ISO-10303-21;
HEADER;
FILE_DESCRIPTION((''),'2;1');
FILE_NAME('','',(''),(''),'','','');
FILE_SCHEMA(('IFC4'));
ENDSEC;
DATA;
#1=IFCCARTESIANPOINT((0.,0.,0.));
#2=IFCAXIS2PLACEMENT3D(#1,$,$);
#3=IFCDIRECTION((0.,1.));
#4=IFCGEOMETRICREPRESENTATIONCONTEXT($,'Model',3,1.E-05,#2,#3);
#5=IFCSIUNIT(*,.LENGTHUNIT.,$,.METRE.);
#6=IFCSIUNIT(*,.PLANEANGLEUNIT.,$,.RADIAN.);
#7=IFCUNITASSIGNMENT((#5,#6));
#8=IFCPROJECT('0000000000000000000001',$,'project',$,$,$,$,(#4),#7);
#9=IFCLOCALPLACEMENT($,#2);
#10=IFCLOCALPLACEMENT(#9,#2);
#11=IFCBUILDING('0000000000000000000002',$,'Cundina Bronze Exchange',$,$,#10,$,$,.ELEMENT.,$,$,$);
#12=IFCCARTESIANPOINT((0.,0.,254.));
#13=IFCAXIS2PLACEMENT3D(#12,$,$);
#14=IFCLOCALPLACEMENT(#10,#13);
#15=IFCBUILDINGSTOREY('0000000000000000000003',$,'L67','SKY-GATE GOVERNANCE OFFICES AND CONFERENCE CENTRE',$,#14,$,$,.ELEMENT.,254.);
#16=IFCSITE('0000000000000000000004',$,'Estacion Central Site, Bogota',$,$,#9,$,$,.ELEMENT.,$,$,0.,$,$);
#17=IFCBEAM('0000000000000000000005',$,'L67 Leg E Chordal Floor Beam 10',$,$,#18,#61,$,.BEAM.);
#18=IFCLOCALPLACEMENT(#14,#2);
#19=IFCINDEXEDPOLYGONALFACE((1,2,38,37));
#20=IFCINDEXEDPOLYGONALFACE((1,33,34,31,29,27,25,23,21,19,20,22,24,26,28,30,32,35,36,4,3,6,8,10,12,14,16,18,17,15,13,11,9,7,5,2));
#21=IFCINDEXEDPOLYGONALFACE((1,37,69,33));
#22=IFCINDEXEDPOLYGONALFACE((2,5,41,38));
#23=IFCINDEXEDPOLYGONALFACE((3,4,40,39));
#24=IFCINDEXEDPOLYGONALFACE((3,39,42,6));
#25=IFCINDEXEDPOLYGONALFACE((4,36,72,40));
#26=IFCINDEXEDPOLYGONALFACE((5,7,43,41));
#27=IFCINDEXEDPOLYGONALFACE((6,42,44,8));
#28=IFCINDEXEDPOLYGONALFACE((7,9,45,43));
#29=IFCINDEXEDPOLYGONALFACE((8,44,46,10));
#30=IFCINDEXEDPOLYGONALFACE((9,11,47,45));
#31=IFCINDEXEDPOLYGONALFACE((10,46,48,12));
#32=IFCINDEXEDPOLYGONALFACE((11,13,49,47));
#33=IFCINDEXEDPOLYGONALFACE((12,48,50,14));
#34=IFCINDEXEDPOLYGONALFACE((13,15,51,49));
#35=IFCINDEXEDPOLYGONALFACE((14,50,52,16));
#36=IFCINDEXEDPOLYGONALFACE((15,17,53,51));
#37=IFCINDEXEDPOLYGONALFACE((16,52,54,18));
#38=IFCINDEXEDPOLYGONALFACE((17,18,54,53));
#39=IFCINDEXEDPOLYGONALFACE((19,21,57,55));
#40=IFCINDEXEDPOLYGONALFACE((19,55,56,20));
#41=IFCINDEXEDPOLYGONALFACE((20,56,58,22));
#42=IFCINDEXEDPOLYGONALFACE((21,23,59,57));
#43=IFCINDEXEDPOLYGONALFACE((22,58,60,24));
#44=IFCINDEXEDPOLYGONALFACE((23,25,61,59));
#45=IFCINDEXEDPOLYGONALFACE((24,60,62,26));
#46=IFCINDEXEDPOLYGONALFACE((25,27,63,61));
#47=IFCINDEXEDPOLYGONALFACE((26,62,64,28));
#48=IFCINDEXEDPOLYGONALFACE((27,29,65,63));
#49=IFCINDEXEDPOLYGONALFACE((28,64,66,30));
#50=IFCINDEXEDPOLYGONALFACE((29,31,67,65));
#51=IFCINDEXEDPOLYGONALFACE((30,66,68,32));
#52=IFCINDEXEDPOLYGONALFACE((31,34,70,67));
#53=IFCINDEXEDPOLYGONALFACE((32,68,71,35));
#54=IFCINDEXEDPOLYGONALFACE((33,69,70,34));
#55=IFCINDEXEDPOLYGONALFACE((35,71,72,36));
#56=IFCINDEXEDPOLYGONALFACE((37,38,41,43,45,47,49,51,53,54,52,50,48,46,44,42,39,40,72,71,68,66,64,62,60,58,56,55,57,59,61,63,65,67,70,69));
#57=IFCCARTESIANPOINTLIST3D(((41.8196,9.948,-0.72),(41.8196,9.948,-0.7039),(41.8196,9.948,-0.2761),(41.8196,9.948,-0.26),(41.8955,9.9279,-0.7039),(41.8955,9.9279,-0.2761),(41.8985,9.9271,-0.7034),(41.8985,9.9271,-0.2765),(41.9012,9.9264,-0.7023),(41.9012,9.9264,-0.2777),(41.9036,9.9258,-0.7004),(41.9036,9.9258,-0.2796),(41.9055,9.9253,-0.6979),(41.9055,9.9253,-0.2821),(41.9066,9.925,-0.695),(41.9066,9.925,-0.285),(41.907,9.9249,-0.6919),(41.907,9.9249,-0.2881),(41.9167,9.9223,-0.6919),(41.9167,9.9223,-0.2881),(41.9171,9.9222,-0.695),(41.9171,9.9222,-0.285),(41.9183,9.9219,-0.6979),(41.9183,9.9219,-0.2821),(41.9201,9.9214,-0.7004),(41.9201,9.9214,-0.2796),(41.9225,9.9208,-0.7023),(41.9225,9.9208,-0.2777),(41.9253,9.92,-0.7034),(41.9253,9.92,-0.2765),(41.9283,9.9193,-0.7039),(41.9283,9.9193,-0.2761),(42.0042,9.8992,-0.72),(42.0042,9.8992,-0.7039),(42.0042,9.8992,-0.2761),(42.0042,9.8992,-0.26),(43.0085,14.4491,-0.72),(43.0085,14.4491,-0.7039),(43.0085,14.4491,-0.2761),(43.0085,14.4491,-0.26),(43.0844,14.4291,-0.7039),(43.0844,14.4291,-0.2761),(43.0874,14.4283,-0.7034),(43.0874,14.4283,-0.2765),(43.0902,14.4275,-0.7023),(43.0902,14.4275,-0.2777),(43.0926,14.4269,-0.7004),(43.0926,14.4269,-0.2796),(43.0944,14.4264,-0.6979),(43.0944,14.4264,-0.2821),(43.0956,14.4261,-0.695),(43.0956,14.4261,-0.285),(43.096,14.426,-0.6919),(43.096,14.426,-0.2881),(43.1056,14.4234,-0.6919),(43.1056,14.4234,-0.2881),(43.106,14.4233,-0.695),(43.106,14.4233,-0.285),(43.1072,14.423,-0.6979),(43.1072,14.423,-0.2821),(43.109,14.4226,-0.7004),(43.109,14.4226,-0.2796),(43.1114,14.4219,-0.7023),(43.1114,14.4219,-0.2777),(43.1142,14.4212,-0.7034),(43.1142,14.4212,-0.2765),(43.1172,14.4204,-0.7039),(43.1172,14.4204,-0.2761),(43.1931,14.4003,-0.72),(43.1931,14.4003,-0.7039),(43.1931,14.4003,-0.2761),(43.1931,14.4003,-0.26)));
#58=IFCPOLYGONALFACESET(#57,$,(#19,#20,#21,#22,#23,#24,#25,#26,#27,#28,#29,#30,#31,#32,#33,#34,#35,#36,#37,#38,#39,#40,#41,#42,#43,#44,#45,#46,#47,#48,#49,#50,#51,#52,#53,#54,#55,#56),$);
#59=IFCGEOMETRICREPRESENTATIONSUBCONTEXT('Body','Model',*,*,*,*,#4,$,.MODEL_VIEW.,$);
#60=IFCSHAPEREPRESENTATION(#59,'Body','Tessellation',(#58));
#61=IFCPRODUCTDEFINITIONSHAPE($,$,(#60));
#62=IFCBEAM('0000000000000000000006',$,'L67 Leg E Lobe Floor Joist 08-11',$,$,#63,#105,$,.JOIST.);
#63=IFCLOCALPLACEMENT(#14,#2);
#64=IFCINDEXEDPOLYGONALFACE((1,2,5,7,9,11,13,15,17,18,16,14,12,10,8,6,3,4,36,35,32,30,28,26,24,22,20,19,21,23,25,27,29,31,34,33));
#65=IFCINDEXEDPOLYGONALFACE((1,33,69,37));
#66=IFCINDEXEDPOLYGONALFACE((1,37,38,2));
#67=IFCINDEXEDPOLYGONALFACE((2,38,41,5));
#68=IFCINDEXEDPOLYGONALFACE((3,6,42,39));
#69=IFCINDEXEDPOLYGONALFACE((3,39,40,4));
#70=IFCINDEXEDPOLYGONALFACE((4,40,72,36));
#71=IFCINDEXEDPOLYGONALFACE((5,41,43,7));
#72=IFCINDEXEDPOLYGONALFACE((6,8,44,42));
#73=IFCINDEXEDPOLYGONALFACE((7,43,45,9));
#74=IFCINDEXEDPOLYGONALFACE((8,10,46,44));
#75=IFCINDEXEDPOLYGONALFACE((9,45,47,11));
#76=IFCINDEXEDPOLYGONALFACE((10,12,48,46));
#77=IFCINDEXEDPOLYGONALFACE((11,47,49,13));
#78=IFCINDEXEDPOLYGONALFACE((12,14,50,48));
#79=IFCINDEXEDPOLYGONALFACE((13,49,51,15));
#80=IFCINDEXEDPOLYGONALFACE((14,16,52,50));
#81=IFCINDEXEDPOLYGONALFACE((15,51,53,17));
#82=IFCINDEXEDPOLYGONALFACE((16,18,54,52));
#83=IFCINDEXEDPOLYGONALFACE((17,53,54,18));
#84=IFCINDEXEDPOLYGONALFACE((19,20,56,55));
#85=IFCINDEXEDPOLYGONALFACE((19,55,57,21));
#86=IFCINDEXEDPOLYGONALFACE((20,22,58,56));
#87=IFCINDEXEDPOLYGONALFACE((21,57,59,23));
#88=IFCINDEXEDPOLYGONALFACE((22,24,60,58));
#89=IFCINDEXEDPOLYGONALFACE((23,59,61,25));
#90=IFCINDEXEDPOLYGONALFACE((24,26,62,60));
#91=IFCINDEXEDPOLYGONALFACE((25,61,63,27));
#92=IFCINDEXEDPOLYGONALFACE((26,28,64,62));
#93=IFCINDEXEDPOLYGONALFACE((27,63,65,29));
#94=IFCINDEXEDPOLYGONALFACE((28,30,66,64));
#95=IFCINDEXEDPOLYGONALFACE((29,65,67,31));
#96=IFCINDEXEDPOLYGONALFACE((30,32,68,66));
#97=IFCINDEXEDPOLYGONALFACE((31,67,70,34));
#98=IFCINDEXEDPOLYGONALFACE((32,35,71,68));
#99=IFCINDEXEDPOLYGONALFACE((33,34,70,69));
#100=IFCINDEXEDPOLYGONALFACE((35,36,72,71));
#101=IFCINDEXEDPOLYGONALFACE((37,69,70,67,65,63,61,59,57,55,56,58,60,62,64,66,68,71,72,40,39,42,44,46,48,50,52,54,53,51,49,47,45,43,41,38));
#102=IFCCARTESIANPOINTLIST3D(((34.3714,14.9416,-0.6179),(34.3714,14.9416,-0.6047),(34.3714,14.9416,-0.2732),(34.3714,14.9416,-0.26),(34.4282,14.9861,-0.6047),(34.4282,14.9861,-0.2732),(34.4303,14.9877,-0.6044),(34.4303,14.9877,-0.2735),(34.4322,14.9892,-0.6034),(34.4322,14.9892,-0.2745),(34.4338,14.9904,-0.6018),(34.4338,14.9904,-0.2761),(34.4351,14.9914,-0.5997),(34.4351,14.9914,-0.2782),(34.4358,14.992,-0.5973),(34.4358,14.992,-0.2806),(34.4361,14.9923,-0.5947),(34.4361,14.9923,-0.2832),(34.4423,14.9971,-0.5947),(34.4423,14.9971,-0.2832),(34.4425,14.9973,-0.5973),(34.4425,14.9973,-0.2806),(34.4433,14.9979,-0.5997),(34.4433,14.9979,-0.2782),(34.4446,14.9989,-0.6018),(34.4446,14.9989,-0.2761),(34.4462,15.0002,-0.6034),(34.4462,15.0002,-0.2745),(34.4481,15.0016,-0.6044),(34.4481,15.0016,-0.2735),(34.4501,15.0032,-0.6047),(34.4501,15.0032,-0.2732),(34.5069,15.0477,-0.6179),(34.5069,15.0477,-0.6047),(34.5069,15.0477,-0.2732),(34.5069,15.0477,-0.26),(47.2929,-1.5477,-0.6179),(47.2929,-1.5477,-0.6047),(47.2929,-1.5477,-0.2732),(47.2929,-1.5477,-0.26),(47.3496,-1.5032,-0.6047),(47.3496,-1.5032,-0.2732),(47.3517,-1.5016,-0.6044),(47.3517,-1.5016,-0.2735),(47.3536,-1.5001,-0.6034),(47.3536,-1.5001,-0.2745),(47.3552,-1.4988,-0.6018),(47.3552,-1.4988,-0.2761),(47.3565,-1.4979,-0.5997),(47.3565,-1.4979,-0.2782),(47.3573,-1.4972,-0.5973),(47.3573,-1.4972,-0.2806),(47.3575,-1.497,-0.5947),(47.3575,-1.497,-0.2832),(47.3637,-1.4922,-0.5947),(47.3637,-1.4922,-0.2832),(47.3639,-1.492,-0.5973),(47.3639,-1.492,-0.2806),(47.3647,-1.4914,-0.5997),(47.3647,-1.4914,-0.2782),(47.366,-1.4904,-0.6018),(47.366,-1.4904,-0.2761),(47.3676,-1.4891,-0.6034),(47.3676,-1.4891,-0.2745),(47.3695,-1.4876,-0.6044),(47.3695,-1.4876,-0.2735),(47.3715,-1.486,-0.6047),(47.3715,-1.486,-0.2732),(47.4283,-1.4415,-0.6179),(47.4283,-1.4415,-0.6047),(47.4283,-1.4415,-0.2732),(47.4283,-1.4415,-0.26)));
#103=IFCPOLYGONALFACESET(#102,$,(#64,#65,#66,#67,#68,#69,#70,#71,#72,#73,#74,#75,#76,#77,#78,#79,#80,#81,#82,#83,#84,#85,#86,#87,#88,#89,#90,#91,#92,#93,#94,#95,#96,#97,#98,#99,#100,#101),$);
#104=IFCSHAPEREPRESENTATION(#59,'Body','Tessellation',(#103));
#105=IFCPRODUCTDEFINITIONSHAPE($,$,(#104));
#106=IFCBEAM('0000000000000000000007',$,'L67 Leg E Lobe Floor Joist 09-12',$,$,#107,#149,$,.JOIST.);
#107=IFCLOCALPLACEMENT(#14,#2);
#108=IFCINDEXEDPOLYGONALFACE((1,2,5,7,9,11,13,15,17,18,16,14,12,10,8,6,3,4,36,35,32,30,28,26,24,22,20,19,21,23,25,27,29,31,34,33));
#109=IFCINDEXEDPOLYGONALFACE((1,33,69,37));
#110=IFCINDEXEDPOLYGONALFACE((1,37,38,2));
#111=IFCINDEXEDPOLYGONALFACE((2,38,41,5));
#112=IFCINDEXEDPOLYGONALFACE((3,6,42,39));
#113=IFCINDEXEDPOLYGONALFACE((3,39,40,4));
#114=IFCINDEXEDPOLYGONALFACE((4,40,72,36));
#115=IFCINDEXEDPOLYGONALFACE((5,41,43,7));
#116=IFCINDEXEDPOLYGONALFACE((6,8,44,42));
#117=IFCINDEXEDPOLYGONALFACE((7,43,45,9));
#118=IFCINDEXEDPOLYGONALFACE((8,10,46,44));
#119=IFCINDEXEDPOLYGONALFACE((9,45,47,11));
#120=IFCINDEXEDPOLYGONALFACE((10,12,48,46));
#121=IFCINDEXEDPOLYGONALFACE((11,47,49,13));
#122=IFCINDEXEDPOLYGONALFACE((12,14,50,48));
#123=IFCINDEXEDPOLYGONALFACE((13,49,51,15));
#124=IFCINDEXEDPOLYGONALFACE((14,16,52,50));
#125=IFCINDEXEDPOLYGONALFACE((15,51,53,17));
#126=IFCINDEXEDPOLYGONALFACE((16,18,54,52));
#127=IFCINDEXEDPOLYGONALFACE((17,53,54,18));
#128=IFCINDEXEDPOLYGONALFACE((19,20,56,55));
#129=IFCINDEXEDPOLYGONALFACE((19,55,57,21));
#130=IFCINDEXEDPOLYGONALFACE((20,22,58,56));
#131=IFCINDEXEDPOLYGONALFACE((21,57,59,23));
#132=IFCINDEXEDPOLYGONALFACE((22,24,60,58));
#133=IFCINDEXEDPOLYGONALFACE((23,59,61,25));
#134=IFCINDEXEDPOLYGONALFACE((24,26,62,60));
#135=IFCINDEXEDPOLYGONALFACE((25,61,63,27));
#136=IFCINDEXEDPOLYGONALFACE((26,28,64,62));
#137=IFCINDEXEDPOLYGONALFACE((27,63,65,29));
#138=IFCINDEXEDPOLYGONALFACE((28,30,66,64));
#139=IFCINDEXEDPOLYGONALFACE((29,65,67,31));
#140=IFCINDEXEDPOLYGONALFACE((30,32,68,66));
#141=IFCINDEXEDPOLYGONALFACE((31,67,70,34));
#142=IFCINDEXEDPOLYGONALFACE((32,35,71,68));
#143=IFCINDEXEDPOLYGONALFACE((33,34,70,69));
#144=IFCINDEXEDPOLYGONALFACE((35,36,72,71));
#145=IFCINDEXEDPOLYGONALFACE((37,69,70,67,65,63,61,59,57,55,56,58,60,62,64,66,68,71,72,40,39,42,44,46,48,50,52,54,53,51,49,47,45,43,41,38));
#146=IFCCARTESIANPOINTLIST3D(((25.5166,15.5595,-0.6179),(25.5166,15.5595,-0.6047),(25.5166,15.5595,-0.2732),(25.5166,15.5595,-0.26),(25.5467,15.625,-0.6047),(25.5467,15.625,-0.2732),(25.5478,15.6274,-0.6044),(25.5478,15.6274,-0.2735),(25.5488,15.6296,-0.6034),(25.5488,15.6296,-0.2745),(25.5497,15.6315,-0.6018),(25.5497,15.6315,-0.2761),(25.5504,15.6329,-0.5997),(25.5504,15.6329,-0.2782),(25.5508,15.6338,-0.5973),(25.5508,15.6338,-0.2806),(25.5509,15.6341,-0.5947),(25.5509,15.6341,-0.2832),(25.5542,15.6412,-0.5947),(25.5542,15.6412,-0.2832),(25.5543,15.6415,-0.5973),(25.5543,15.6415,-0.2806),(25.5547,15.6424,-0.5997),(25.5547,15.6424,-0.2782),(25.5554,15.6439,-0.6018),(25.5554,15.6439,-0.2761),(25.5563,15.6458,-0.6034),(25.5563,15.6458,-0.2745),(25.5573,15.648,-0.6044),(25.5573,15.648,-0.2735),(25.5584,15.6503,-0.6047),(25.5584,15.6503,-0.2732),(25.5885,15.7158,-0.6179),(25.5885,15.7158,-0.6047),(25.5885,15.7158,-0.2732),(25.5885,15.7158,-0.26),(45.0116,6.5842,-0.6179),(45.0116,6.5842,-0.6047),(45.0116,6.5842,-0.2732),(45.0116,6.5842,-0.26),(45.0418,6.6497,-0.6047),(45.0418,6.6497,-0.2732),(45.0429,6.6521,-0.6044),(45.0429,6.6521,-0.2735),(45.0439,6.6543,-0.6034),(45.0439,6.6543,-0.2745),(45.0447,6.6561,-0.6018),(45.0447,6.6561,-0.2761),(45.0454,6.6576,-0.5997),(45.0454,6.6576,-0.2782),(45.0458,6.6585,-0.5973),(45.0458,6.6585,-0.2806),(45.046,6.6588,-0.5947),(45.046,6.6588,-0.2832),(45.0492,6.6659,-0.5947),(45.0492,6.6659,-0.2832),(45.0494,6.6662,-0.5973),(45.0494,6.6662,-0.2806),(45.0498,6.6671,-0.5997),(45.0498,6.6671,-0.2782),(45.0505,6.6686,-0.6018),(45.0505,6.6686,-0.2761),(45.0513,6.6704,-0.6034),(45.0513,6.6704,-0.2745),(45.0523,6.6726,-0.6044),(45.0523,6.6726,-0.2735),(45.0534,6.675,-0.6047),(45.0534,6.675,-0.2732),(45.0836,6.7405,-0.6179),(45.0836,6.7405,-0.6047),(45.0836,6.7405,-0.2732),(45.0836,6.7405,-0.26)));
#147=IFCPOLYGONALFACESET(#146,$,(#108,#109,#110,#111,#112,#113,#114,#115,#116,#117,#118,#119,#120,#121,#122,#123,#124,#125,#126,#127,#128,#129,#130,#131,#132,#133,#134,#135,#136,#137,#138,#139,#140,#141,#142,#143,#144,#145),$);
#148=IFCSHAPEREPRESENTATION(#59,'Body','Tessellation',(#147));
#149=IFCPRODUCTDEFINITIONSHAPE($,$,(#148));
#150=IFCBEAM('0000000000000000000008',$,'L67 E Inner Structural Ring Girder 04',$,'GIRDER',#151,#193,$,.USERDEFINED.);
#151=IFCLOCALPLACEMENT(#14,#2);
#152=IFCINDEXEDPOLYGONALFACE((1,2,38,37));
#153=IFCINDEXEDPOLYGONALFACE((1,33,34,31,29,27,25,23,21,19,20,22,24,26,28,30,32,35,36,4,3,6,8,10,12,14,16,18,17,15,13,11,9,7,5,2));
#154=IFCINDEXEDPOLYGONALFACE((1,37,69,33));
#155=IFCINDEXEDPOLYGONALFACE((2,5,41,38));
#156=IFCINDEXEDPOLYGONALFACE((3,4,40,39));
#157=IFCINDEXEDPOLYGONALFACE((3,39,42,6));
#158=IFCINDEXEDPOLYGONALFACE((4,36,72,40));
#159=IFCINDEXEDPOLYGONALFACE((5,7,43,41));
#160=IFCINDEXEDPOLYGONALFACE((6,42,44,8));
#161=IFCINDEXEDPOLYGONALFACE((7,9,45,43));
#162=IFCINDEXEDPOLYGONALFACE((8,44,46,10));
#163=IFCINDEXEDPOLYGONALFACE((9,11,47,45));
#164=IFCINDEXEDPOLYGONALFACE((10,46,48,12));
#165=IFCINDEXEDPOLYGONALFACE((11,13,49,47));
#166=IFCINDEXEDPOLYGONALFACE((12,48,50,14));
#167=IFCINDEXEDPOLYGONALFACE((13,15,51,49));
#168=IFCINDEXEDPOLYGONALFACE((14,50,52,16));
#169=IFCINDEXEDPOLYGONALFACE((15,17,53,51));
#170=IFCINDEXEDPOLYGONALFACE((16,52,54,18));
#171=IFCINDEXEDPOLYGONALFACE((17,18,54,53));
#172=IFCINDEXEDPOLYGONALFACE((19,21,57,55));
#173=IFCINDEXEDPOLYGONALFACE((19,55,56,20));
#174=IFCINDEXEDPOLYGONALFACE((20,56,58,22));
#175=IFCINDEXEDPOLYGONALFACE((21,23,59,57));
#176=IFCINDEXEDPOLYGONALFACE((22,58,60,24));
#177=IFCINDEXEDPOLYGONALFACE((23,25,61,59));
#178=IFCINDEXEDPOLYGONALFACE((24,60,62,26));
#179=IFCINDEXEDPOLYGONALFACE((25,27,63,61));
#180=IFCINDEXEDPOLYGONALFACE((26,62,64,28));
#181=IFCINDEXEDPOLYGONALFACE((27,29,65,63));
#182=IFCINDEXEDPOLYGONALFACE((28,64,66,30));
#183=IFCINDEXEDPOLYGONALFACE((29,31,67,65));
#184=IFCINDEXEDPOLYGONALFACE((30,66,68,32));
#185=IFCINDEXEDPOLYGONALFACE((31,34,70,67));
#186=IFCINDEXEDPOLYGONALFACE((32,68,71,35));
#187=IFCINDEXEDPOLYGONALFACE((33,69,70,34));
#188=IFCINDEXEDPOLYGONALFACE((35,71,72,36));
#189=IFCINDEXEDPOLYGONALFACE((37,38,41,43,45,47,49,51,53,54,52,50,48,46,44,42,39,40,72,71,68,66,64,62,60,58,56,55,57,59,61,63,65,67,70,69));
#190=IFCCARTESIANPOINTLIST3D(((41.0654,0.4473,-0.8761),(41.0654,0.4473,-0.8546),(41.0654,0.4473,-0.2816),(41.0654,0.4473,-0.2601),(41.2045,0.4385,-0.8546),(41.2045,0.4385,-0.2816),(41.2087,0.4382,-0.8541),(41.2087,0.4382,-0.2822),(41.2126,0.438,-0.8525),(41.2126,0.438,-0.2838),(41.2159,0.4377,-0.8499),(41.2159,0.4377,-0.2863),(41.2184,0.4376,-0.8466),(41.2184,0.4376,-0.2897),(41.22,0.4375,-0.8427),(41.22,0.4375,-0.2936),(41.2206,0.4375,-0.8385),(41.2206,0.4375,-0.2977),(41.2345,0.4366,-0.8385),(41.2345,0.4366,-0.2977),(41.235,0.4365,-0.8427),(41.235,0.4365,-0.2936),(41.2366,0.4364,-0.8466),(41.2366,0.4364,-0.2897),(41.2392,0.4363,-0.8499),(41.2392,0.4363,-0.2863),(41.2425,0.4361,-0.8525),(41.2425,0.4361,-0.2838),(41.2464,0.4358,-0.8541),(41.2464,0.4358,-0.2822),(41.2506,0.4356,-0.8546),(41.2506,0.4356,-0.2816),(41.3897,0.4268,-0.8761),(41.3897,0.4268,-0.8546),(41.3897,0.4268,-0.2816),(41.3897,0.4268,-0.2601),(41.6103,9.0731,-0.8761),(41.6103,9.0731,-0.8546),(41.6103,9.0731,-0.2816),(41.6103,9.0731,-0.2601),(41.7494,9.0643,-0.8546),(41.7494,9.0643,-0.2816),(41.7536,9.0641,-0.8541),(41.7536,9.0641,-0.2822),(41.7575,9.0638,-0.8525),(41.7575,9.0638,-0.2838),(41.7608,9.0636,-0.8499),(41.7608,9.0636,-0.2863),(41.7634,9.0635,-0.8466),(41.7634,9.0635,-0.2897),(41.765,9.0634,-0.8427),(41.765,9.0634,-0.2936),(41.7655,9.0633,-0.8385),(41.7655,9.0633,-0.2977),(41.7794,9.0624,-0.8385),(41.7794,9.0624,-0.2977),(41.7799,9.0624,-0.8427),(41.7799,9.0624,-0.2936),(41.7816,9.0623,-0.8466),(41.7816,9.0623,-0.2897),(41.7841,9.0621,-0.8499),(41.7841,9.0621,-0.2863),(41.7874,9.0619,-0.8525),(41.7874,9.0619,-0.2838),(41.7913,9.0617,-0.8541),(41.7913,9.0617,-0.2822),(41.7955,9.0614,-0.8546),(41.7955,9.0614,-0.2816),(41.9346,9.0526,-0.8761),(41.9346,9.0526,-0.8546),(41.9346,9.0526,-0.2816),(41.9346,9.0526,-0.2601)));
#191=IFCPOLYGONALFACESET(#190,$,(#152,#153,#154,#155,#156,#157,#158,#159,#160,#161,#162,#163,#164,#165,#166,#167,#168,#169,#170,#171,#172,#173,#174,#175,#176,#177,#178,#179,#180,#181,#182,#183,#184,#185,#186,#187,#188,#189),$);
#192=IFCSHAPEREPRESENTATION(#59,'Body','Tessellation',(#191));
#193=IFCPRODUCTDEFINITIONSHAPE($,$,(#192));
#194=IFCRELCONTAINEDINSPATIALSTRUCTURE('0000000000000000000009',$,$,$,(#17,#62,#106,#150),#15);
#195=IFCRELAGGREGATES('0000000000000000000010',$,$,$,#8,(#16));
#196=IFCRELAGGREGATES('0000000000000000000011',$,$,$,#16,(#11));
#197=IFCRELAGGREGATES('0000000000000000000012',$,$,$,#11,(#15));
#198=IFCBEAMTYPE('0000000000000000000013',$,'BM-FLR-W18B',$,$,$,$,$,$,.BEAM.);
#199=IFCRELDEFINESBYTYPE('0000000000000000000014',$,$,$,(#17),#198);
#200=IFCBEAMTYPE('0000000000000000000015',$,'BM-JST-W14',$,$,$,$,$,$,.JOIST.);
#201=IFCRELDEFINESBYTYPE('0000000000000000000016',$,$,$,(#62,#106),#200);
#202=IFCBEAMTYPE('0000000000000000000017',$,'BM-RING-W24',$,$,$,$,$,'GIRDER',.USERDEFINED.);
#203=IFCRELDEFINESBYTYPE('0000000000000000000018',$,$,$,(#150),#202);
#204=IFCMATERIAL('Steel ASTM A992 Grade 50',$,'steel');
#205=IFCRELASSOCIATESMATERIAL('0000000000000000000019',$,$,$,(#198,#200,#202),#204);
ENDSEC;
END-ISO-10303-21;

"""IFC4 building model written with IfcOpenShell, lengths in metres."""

from ifc_helpers import new_model, si_unit, direction, frame, origin, origin_2d, place, context, subcontext, project, spatial, i_section, extrude, material, material_profile, profile_set, type_object, element, save


model = new_model("IFC4")

# Units and contexts
model_context = context("Model", 3, precision=1e-05, world=origin(), true_north=direction((0.0, 1.0)))
body_context = subcontext(model_context, "Body", "Model", "MODEL_VIEW")
ifc_project = project(units=[si_unit("LENGTHUNIT", "METRE"), si_unit("PLANEANGLEUNIT", "RADIAN")], contexts=[model_context])

# Site, building, storey
site_placement = place(None, origin())
site = spatial("IfcSite", under=ifc_project, at=site_placement, Name="Estacion Central Site, Bogota", CompositionType="ELEMENT", RefElevation=0.0)
building_placement = place(site_placement, origin())
building = spatial("IfcBuilding", under=site, at=building_placement, Name="Cundina Bronze Exchange", CompositionType="ELEMENT")
storey_placement = place(building_placement, frame((0.0, 0.0, 254.0)))
storey = spatial("IfcBuildingStorey", under=building, at=storey_placement, Name="L67", Description="SKY-GATE GOVERNANCE OFFICES AND CONFERENCE CENTRE", CompositionType="ELEMENT", Elevation=254.0)

# Shared definitions
ifc_material_1 = material(Name="Steel ASTM A992 Grade 50", Category="steel")

# Beams
ifc_material_profile_1 = material_profile(ifc_material_1, i_section(OverallWidth=0.1909, OverallDepth=0.46, WebThickness=0.01, FlangeThickness=0.0161, FilletRadius=0.012, at=origin_2d()), Name="W18X55", Category="steel")
ifc_profile_set_1 = profile_set([ifc_material_profile_1], Name="Steel ASTM A992 Grade 50")
beam_type_1 = type_object("IfcBeamType", Name="BM-FLR-W18B", PredefinedType="BEAM", material=ifc_profile_set_1)
beam_1_placement = place(storey_placement, frame((41.9119, 9.9236, -0.49), z_axis=(0.255384, 0.96684, 0.0), x_axis=(-0.96684, 0.255384, 0.0)))
element("IfcBeam", 1, at=beam_1_placement, inside=storey, type_object=beam_type_1, Name="L67 Leg E Chordal Floor Beam 10", PredefinedType="BEAM", context=body_context, shape_type="SweptSolid", body=[
    extrude(i_section(OverallWidth=0.1909, OverallDepth=0.46, WebThickness=0.01, FlangeThickness=0.0161, FilletRadius=0.012, at=origin_2d()), origin(), (0.0, 0.0, 1.0), 4.6555),
])
ifc_material_profile_2 = material_profile(ifc_material_1, i_section(OverallWidth=0.1721, OverallDepth=0.3579, WebThickness=0.0078, FlangeThickness=0.0132, FilletRadius=0.01, at=origin_2d()), Name="W14X38", Category="steel")
ifc_profile_set_2 = profile_set([ifc_material_profile_2], Name="Steel ASTM A992 Grade 50")
beam_type_2 = type_object("IfcBeamType", Name="BM-JST-W14", PredefinedType="JOIST", material=ifc_profile_set_2)
beam_2_placement = place(storey_placement, frame((47.3606, -1.4946, -0.439), z_axis=(-0.616804, 0.787117, 0.0), x_axis=(-0.787117, -0.616804, 0.0)))
element("IfcBeam", 2, at=beam_2_placement, inside=storey, type_object=beam_type_2, Name="L67 Leg E Lobe Floor Joist 08-11", PredefinedType="JOIST", context=body_context, shape_type="SweptSolid", body=[
    extrude(i_section(OverallWidth=0.1721, OverallDepth=0.3579, WebThickness=0.0078, FlangeThickness=0.0132, FilletRadius=0.01, at=origin_2d()), origin(), (0.0, 0.0, 1.0), 20.949),
])
beam_3_placement = place(storey_placement, frame((45.0476, 6.6624, -0.439), z_axis=(-0.908356, 0.418197, 0.0), x_axis=(-0.418197, -0.908356, 0.0)))
element("IfcBeam", 3, at=beam_3_placement, inside=storey, type_object=beam_type_2, Name="L67 Leg E Lobe Floor Joist 09-12", PredefinedType="JOIST", context=body_context, shape_type="SweptSolid", body=[
    extrude(i_section(OverallWidth=0.1721, OverallDepth=0.3579, WebThickness=0.0078, FlangeThickness=0.0132, FilletRadius=0.01, at=origin_2d()), origin(), (0.0, 0.0, 1.0), 21.4619),
])
ifc_material_profile_3 = material_profile(ifc_material_1, i_section(OverallWidth=0.325, OverallDepth=0.616, WebThickness=0.0139, FlangeThickness=0.0215, FilletRadius=0.0161, at=origin_2d()), Name="W24X117", Category="steel")
ifc_profile_set_3 = profile_set([ifc_material_profile_3], Name="Steel ASTM A992 Grade 50")
beam_type_3 = type_object("IfcBeamType", Name="BM-RING-W24", ElementType="GIRDER", PredefinedType="USERDEFINED", material=ifc_profile_set_3)
beam_4_placement = place(storey_placement, frame((41.2275, 0.437, -0.5681), z_axis=(0.063047, 0.998011, 0.0), x_axis=(-0.998011, 0.063047, 0.0)))
element("IfcBeam", 4, at=beam_4_placement, inside=storey, type_object=beam_type_3, Name="L67 E Inner Structural Ring Girder 04", ObjectType="GIRDER", PredefinedType="USERDEFINED", context=body_context, shape_type="SweptSolid", body=[
    extrude(i_section(OverallWidth=0.325, OverallDepth=0.616, WebThickness=0.0139, FlangeThickness=0.0215, FilletRadius=0.0161, at=origin_2d()), origin(), (0.0, 0.0, 1.0), 8.6431),
])

save(model, "model.ifc")
